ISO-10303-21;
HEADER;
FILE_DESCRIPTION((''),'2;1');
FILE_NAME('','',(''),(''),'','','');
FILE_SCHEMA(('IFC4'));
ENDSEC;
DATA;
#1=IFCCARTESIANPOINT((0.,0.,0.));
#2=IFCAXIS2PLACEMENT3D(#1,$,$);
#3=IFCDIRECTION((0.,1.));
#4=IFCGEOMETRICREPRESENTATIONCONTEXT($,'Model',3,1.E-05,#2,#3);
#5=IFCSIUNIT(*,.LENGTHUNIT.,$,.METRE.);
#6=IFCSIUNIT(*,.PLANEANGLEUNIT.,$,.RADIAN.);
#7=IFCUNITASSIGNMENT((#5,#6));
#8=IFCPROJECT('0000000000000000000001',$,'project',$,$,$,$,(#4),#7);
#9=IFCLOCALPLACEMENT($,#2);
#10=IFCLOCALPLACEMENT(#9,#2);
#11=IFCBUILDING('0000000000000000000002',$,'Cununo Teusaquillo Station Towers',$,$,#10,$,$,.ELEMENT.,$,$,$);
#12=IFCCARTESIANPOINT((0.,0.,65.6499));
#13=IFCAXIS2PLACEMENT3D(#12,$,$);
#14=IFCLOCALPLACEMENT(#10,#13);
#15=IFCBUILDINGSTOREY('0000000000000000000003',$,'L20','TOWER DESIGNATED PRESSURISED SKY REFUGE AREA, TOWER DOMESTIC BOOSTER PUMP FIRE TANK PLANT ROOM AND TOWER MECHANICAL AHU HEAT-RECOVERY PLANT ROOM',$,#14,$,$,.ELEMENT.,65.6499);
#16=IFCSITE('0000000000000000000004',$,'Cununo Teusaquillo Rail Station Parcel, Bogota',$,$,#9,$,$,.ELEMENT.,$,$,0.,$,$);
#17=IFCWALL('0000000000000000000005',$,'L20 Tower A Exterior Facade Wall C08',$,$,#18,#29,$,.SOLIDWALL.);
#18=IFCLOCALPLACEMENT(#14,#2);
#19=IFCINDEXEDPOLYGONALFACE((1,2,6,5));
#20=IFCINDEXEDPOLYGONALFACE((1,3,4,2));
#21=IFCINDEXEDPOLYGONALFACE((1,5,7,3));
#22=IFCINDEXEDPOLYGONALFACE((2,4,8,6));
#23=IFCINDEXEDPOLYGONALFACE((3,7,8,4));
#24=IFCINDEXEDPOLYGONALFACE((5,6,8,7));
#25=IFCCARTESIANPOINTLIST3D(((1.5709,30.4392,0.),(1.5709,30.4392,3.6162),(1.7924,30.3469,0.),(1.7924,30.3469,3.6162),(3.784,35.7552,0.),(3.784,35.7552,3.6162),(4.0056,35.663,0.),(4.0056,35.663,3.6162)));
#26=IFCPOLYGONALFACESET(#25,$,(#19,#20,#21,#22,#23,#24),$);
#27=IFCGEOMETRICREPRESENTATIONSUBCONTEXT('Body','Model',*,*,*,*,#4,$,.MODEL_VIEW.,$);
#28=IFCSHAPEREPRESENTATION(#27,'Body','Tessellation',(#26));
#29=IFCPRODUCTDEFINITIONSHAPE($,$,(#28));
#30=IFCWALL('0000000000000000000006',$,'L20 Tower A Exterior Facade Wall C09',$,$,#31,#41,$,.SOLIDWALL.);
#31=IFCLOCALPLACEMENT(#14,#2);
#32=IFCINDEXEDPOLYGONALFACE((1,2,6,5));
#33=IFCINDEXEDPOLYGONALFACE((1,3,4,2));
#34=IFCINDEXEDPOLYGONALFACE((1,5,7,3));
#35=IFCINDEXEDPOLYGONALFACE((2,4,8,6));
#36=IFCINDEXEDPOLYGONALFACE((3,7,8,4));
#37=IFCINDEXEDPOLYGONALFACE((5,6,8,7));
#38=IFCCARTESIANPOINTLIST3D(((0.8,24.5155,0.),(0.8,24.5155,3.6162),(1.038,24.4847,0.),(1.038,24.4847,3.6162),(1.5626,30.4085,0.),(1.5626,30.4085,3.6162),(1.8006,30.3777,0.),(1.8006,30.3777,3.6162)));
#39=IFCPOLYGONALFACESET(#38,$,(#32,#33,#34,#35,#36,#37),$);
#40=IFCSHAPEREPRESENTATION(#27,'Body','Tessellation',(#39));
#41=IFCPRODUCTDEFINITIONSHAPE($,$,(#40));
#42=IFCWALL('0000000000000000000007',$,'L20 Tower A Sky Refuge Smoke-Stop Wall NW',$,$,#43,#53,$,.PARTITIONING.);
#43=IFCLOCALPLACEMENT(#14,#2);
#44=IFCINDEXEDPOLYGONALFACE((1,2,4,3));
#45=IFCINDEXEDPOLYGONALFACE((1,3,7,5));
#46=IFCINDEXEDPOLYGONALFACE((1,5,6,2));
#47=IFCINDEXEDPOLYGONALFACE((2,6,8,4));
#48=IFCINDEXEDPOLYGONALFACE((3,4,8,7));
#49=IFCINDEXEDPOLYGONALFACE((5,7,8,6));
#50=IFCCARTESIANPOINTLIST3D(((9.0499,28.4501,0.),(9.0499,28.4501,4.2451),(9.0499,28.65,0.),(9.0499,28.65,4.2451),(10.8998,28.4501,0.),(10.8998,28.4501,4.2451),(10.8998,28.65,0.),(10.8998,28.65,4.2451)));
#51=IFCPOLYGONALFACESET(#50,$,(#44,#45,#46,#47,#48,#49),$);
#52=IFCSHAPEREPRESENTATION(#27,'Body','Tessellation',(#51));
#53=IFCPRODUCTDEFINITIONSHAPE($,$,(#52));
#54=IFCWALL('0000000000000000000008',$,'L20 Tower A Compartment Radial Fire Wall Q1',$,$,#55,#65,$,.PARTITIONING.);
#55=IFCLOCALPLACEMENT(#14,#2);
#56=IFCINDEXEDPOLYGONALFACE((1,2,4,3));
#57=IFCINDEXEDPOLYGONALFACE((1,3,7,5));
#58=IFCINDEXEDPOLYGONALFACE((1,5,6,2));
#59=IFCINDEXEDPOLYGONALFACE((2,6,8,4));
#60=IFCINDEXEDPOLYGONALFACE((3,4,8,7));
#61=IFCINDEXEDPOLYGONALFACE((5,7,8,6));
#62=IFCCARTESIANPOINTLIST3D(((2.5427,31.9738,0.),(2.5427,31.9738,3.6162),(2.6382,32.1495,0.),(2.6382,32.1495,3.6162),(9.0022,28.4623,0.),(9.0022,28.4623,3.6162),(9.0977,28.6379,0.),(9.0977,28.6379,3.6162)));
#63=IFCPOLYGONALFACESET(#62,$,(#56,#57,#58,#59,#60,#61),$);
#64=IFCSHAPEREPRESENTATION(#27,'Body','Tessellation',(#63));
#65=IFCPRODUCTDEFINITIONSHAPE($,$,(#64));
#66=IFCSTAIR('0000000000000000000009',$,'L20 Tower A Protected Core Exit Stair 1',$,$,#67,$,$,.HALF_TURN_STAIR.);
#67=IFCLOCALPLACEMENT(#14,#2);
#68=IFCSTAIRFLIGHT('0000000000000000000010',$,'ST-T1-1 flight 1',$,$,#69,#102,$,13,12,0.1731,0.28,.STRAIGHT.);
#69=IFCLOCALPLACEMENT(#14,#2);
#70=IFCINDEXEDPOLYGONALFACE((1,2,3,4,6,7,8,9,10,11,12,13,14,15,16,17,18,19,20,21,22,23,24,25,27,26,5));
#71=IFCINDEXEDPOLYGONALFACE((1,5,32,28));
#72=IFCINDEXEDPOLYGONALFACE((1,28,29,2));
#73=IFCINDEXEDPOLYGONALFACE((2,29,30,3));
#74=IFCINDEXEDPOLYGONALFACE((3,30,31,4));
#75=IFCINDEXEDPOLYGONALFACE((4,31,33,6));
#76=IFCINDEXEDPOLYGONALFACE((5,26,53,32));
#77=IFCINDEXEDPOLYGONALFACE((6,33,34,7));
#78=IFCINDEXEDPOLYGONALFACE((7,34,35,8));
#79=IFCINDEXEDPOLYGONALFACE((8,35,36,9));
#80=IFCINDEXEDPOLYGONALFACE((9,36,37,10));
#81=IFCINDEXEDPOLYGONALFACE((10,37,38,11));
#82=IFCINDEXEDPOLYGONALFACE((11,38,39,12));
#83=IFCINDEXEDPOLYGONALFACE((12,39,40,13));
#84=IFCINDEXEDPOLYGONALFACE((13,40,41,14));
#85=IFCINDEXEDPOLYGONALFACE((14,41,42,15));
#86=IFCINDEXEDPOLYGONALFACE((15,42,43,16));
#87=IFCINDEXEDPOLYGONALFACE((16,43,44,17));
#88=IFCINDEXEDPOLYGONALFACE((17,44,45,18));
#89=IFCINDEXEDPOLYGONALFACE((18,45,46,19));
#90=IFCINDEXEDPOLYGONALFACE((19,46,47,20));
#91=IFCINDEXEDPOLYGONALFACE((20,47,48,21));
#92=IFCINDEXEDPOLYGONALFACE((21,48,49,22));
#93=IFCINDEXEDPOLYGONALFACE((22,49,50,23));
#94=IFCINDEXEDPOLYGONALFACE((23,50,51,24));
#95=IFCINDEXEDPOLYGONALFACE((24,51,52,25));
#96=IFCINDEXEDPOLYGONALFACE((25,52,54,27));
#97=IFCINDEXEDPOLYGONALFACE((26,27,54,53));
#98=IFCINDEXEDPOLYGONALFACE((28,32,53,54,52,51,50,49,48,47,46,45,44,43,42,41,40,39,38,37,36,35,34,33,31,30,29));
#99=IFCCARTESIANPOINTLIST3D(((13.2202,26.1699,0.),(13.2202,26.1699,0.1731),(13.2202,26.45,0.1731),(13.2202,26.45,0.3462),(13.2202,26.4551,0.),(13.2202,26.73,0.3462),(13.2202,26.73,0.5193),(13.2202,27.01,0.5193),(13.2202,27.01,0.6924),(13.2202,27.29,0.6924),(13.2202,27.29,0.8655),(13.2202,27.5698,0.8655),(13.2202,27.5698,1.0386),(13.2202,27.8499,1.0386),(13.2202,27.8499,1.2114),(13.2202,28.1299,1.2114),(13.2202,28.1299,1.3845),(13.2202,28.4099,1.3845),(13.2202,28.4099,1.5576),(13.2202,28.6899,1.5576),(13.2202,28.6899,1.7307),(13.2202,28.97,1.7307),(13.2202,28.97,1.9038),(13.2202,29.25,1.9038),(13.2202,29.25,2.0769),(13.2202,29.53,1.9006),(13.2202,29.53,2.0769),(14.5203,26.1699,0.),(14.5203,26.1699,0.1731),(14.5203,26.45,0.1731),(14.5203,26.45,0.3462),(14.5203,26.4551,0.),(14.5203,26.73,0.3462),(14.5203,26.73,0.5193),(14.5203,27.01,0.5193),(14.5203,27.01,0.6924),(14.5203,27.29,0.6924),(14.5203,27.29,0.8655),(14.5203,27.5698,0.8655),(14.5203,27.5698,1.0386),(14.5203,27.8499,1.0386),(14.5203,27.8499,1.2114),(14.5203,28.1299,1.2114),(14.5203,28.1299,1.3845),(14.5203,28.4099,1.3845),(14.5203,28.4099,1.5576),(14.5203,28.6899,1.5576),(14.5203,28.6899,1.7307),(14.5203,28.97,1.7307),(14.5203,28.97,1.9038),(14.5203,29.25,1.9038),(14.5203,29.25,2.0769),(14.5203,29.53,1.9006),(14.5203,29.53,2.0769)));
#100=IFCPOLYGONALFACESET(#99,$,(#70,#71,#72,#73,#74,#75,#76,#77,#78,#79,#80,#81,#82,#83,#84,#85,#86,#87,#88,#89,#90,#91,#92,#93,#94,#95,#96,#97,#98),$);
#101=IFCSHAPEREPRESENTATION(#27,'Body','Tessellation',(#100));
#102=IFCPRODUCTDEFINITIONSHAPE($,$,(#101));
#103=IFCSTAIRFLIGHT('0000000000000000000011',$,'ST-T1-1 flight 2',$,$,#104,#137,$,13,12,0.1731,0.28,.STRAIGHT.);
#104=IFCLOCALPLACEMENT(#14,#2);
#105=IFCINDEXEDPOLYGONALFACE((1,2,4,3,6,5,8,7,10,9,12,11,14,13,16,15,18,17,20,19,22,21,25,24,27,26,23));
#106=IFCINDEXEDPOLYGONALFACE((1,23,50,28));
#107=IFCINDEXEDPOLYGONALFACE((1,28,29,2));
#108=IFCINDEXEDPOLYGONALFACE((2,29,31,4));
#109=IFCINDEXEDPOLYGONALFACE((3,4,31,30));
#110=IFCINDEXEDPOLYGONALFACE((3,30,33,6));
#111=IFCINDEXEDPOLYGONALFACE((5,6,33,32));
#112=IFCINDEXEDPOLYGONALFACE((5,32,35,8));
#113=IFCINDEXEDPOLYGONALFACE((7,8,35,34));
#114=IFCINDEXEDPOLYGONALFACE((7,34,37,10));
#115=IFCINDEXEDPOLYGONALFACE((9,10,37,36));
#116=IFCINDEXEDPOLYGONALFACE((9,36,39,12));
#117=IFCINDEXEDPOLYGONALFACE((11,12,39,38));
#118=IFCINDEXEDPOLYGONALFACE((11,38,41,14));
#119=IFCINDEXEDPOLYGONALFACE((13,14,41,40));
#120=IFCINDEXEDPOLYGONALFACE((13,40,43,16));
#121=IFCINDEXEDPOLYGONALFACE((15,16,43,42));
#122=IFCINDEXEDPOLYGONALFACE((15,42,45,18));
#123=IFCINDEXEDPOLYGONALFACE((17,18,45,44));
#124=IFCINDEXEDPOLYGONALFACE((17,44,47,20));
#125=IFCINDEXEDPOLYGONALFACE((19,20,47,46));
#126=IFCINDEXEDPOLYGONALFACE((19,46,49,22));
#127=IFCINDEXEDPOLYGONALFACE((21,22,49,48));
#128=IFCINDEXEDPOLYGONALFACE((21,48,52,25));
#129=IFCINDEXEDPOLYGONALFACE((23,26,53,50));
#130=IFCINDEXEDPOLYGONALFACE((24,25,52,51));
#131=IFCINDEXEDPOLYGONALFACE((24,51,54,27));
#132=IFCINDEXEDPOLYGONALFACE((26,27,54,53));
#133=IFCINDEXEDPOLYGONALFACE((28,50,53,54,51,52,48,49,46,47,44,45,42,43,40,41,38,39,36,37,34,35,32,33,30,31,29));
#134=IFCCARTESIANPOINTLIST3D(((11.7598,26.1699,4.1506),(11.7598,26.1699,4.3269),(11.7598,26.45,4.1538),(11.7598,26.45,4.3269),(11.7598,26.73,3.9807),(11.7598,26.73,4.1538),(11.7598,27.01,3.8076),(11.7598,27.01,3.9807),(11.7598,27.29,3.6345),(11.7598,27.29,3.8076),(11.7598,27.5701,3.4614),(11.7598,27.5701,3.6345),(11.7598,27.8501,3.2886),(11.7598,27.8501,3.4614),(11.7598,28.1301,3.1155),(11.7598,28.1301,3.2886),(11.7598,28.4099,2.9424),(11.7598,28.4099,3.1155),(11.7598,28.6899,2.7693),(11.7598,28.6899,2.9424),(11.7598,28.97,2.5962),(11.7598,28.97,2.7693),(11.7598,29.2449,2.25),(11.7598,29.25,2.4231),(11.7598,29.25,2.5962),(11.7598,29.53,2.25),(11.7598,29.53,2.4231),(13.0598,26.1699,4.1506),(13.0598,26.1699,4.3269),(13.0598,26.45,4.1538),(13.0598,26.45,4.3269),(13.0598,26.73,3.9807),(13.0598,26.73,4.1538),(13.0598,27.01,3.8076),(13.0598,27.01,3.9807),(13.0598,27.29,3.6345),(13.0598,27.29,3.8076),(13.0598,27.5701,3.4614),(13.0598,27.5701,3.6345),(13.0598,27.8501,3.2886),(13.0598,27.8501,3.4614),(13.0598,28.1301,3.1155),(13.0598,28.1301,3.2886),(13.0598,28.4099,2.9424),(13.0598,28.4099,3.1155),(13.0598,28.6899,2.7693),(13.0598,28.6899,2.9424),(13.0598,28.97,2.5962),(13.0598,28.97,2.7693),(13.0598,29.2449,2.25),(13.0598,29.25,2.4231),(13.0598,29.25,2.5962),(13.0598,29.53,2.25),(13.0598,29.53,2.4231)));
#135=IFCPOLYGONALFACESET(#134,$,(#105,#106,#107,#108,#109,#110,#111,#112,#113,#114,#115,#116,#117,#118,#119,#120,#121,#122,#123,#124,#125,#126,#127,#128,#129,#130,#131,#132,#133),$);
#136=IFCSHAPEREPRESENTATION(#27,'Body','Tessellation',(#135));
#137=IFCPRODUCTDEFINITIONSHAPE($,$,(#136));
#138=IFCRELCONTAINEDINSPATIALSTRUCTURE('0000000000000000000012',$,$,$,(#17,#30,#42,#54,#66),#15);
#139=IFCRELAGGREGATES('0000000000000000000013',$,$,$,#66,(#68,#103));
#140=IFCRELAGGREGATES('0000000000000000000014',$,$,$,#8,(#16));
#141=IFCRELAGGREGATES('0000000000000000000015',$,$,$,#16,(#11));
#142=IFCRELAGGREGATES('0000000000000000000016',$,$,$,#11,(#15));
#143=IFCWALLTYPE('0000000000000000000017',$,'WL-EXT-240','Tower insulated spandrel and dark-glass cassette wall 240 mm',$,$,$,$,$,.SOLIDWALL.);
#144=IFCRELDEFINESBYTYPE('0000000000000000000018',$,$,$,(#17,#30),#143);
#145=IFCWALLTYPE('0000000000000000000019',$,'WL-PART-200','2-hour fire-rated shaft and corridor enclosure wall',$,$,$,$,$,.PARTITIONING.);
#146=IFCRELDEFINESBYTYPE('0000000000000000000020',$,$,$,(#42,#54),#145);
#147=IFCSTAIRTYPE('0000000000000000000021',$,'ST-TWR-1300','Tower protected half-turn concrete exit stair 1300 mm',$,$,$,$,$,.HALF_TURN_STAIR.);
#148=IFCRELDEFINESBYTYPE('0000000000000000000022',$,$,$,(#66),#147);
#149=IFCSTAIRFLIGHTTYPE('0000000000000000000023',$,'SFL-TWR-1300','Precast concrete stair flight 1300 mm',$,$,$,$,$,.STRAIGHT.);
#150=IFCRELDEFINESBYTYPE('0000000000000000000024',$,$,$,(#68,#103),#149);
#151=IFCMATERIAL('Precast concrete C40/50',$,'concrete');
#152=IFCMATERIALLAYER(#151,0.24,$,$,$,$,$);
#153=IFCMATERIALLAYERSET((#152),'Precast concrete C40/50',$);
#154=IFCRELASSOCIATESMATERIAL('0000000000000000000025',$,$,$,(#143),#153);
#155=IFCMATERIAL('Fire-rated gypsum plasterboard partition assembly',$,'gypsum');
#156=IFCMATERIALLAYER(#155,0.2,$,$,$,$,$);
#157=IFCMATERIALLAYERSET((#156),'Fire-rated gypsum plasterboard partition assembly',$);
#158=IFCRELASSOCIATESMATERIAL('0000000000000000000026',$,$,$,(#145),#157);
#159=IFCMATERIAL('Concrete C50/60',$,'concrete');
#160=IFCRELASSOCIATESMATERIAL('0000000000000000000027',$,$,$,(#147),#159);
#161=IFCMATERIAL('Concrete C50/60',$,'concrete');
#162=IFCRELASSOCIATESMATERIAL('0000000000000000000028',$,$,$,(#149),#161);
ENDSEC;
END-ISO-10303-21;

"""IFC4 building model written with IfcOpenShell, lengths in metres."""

from ifc_helpers import new_model, si_unit, direction, frame, frame_2d, origin, place, context, subcontext, project, spatial, polyline, rectangle, outline, extrude, material, layer, layer_set, type_object, element, aggregate, save


model = new_model("IFC4")

# Units and contexts
model_context = context("Model", 3, precision=1e-05, world=origin(), true_north=direction((0.0, 1.0)))
body_context = subcontext(model_context, "Body", "Model", "MODEL_VIEW")
ifc_project = project(units=[si_unit("LENGTHUNIT", "METRE"), si_unit("PLANEANGLEUNIT", "RADIAN")], contexts=[model_context])

# Site, building, storey
site_placement = place(None, origin())
site = spatial("IfcSite", under=ifc_project, at=site_placement, Name="Cununo Teusaquillo Rail Station Parcel, Bogota", CompositionType="ELEMENT", RefElevation=0.0)
building_placement = place(site_placement, origin())
building = spatial("IfcBuilding", under=site, at=building_placement, Name="Cununo Teusaquillo Station Towers", CompositionType="ELEMENT")
storey_placement = place(building_placement, frame((0.0, 0.0, 65.6499)))
storey = spatial("IfcBuildingStorey", under=building, at=storey_placement, Name="L20", Description="TOWER DESIGNATED PRESSURISED SKY REFUGE AREA, TOWER DOMESTIC BOOSTER PUMP FIRE TANK PLANT ROOM AND TOWER MECHANICAL AHU HEAT-RECOVERY PLANT ROOM", CompositionType="ELEMENT", Elevation=65.6499)

# Walls
ifc_material_1 = material(Name="Precast concrete C40/50", Category="concrete")
ifc_layer_1 = layer(ifc_material_1, 0.24)
ifc_layer_set_1 = layer_set([ifc_layer_1], Name="Precast concrete C40/50")
wall_type_1 = type_object("IfcWallType", Name="WL-EXT-240", Description="Tower insulated spandrel and dark-glass cassette wall 240 mm", PredefinedType="SOLIDWALL", material=ifc_layer_set_1)
wall_1_placement = place(storey_placement, frame((1.6816, 30.3931, 0.0), z_axis=(0.0, 0.0, 1.0), x_axis=(0.384344, 0.92319, 0.0)))
element("IfcWall", 1, at=wall_1_placement, inside=storey, type_object=wall_type_1, Name="L20 Tower A Exterior Facade Wall C08", PredefinedType="SOLIDWALL", context=body_context, shape_type="SweptSolid", body=[
    extrude(rectangle(XDim=5.7583, YDim=0.24, at=frame_2d((2.8792, 0.0))), origin(), (0.0, 0.0, 1.0), 3.6162),
])
wall_2_placement = place(storey_placement, frame((0.9189, 24.5, 0.0), z_axis=(0.0, 0.0, 1.0), x_axis=(0.128352, 0.991729, 0.0)))
element("IfcWall", 2, at=wall_2_placement, inside=storey, type_object=wall_type_1, Name="L20 Tower A Exterior Facade Wall C09", PredefinedType="SOLIDWALL", context=body_context, shape_type="SweptSolid", body=[
    extrude(rectangle(XDim=5.9421, YDim=0.24, at=frame_2d((2.9712, 0.0))), origin(), (0.0, 0.0, 1.0), 3.6162),
])
ifc_material_2 = material(Name="Fire-rated gypsum plasterboard partition assembly", Category="gypsum")
ifc_layer_2 = layer(ifc_material_2, 0.2)
ifc_layer_set_2 = layer_set([ifc_layer_2], Name="Fire-rated gypsum plasterboard partition assembly")
wall_type_2 = type_object("IfcWallType", Name="WL-PART-200", Description="2-hour fire-rated shaft and corridor enclosure wall", PredefinedType="PARTITIONING", material=ifc_layer_set_2)
wall_3_placement = place(storey_placement, frame((9.05, 28.55, 0.0), z_axis=(0.0, 0.0, 1.0), x_axis=(1.0, 0.0, 0.0)))
element("IfcWall", 3, at=wall_3_placement, inside=storey, type_object=wall_type_2, Name="L20 Tower A Sky Refuge Smoke-Stop Wall NW", PredefinedType="PARTITIONING", context=body_context, shape_type="SweptSolid", body=[
    extrude(rectangle(XDim=1.8499, YDim=0.2, at=frame_2d((0.9248, 0.0))), origin(), (0.0, 0.0, 1.0), 4.2451),
])
wall_4_placement = place(storey_placement, frame((9.05, 28.55, 0.0), z_axis=(0.0, 0.0, 1.0), x_axis=(-0.878574, 0.477607, 0.0)))
element("IfcWall", 4, at=wall_4_placement, inside=storey, type_object=wall_type_2, Name="L20 Tower A Compartment Radial Fire Wall Q1", PredefinedType="PARTITIONING", context=body_context, shape_type="SweptSolid", body=[
    extrude(rectangle(XDim=7.3523, YDim=0.2, at=frame_2d((3.6763, 0.0))), origin(), (0.0, 0.0, 1.0), 3.6162),
])

# Stair, stair flights
ifc_material_3 = material(Name="Concrete C50/60", Category="concrete")
stair_type = type_object("IfcStairType", Name="ST-TWR-1300", Description="Tower protected half-turn concrete exit stair 1300 mm", PredefinedType="HALF_TURN_STAIR", material=ifc_material_3)
stair_placement = place(storey_placement, origin())
stair = element("IfcStair", 5, at=stair_placement, inside=storey, type_object=stair_type, Name="L20 Tower A Protected Core Exit Stair 1", PredefinedType="HALF_TURN_STAIR")
ifc_material_4 = material(Name="Concrete C50/60", Category="concrete")
stair_flight_type = type_object("IfcStairFlightType", Name="SFL-TWR-1300", Description="Precast concrete stair flight 1300 mm", PredefinedType="STRAIGHT", material=ifc_material_4)
stair_flight_1_placement = place(storey_placement, frame((13.8701, 26.1699, 0.0), z_axis=(0.0, 0.0, 1.0), x_axis=(0.0, 1.0, 0.0)))
stair_flight_1 = element("IfcStairFlight", 6, at=stair_flight_1_placement, type_object=stair_flight_type, Name="ST-T1-1 flight 1", NumberOfRisers=13, NumberOfTreads=12, PredefinedType="STRAIGHT", RiserHeight=0.1731, TreadLength=0.28, context=body_context, shape_type="SweptSolid", body=[
    extrude(outline(polyline([(0.0, 0.0), (0.0, 0.1731), (0.28, 0.1731), (0.28, 0.3462), (0.5601, 0.3462), (0.5601, 0.5193), (0.8401, 0.5193), (0.8401, 0.6924), (1.1201, 0.6924), (1.1201, 0.8655), (1.3999, 0.8655), (1.3999, 1.0386), (1.6799, 1.0386), (1.6799, 1.2114), (1.96, 1.2114), (1.96, 1.3845), (2.24, 1.3845), (2.24, 1.5576), (2.52, 1.5576), (2.52, 1.7307), (2.8, 1.7307), (2.8, 1.9038), (3.0801, 1.9038), (3.0801, 2.0769), (3.3601, 2.0769), (3.3601, 2.25), (3.3601, 1.9006), (0.2852, 0.0), (0.0, 0.0)])), frame((0.0, 0.6499, 0.0), z_axis=(0.0, -1.0, 0.0), x_axis=(1.0, 0.0, 0.0)), (0.0, 0.0, 1.0), 1.3),
])
stair_flight_2_placement = place(storey_placement, frame((12.4099, 29.53, 2.25), z_axis=(0.0, 0.0, 1.0), x_axis=(0.0, -1.0, 0.0)))
stair_flight_2 = element("IfcStairFlight", 7, at=stair_flight_2_placement, type_object=stair_flight_type, Name="ST-T1-1 flight 2", NumberOfRisers=13, NumberOfTreads=12, PredefinedType="STRAIGHT", RiserHeight=0.1731, TreadLength=0.28, context=body_context, shape_type="SweptSolid", body=[
    extrude(outline(polyline([(0.0, 0.0), (0.0, 0.1731), (0.28, 0.1731), (0.28, 0.3462), (0.5601, 0.3462), (0.5601, 0.5193), (0.8401, 0.5193), (0.8401, 0.6924), (1.1201, 0.6924), (1.1201, 0.8655), (1.3999, 0.8655), (1.3999, 1.0386), (1.6799, 1.0386), (1.6799, 1.2114), (1.96, 1.2114), (1.96, 1.3845), (2.24, 1.3845), (2.24, 1.5576), (2.52, 1.5576), (2.52, 1.7307), (2.8, 1.7307), (2.8, 1.9038), (3.0801, 1.9038), (3.0801, 2.0769), (3.3601, 2.0769), (3.3601, 2.25), (3.3601, 1.9006), (0.2852, 0.0), (0.0, 0.0)])), frame((0.0, 0.6499, 0.0), z_axis=(0.0, -1.0, 0.0), x_axis=(1.0, 0.0, 0.0)), (0.0, 0.0, 1.0), 1.3),
])
aggregate(stair, [stair_flight_1, stair_flight_2])

save(model, "model.ifc")
